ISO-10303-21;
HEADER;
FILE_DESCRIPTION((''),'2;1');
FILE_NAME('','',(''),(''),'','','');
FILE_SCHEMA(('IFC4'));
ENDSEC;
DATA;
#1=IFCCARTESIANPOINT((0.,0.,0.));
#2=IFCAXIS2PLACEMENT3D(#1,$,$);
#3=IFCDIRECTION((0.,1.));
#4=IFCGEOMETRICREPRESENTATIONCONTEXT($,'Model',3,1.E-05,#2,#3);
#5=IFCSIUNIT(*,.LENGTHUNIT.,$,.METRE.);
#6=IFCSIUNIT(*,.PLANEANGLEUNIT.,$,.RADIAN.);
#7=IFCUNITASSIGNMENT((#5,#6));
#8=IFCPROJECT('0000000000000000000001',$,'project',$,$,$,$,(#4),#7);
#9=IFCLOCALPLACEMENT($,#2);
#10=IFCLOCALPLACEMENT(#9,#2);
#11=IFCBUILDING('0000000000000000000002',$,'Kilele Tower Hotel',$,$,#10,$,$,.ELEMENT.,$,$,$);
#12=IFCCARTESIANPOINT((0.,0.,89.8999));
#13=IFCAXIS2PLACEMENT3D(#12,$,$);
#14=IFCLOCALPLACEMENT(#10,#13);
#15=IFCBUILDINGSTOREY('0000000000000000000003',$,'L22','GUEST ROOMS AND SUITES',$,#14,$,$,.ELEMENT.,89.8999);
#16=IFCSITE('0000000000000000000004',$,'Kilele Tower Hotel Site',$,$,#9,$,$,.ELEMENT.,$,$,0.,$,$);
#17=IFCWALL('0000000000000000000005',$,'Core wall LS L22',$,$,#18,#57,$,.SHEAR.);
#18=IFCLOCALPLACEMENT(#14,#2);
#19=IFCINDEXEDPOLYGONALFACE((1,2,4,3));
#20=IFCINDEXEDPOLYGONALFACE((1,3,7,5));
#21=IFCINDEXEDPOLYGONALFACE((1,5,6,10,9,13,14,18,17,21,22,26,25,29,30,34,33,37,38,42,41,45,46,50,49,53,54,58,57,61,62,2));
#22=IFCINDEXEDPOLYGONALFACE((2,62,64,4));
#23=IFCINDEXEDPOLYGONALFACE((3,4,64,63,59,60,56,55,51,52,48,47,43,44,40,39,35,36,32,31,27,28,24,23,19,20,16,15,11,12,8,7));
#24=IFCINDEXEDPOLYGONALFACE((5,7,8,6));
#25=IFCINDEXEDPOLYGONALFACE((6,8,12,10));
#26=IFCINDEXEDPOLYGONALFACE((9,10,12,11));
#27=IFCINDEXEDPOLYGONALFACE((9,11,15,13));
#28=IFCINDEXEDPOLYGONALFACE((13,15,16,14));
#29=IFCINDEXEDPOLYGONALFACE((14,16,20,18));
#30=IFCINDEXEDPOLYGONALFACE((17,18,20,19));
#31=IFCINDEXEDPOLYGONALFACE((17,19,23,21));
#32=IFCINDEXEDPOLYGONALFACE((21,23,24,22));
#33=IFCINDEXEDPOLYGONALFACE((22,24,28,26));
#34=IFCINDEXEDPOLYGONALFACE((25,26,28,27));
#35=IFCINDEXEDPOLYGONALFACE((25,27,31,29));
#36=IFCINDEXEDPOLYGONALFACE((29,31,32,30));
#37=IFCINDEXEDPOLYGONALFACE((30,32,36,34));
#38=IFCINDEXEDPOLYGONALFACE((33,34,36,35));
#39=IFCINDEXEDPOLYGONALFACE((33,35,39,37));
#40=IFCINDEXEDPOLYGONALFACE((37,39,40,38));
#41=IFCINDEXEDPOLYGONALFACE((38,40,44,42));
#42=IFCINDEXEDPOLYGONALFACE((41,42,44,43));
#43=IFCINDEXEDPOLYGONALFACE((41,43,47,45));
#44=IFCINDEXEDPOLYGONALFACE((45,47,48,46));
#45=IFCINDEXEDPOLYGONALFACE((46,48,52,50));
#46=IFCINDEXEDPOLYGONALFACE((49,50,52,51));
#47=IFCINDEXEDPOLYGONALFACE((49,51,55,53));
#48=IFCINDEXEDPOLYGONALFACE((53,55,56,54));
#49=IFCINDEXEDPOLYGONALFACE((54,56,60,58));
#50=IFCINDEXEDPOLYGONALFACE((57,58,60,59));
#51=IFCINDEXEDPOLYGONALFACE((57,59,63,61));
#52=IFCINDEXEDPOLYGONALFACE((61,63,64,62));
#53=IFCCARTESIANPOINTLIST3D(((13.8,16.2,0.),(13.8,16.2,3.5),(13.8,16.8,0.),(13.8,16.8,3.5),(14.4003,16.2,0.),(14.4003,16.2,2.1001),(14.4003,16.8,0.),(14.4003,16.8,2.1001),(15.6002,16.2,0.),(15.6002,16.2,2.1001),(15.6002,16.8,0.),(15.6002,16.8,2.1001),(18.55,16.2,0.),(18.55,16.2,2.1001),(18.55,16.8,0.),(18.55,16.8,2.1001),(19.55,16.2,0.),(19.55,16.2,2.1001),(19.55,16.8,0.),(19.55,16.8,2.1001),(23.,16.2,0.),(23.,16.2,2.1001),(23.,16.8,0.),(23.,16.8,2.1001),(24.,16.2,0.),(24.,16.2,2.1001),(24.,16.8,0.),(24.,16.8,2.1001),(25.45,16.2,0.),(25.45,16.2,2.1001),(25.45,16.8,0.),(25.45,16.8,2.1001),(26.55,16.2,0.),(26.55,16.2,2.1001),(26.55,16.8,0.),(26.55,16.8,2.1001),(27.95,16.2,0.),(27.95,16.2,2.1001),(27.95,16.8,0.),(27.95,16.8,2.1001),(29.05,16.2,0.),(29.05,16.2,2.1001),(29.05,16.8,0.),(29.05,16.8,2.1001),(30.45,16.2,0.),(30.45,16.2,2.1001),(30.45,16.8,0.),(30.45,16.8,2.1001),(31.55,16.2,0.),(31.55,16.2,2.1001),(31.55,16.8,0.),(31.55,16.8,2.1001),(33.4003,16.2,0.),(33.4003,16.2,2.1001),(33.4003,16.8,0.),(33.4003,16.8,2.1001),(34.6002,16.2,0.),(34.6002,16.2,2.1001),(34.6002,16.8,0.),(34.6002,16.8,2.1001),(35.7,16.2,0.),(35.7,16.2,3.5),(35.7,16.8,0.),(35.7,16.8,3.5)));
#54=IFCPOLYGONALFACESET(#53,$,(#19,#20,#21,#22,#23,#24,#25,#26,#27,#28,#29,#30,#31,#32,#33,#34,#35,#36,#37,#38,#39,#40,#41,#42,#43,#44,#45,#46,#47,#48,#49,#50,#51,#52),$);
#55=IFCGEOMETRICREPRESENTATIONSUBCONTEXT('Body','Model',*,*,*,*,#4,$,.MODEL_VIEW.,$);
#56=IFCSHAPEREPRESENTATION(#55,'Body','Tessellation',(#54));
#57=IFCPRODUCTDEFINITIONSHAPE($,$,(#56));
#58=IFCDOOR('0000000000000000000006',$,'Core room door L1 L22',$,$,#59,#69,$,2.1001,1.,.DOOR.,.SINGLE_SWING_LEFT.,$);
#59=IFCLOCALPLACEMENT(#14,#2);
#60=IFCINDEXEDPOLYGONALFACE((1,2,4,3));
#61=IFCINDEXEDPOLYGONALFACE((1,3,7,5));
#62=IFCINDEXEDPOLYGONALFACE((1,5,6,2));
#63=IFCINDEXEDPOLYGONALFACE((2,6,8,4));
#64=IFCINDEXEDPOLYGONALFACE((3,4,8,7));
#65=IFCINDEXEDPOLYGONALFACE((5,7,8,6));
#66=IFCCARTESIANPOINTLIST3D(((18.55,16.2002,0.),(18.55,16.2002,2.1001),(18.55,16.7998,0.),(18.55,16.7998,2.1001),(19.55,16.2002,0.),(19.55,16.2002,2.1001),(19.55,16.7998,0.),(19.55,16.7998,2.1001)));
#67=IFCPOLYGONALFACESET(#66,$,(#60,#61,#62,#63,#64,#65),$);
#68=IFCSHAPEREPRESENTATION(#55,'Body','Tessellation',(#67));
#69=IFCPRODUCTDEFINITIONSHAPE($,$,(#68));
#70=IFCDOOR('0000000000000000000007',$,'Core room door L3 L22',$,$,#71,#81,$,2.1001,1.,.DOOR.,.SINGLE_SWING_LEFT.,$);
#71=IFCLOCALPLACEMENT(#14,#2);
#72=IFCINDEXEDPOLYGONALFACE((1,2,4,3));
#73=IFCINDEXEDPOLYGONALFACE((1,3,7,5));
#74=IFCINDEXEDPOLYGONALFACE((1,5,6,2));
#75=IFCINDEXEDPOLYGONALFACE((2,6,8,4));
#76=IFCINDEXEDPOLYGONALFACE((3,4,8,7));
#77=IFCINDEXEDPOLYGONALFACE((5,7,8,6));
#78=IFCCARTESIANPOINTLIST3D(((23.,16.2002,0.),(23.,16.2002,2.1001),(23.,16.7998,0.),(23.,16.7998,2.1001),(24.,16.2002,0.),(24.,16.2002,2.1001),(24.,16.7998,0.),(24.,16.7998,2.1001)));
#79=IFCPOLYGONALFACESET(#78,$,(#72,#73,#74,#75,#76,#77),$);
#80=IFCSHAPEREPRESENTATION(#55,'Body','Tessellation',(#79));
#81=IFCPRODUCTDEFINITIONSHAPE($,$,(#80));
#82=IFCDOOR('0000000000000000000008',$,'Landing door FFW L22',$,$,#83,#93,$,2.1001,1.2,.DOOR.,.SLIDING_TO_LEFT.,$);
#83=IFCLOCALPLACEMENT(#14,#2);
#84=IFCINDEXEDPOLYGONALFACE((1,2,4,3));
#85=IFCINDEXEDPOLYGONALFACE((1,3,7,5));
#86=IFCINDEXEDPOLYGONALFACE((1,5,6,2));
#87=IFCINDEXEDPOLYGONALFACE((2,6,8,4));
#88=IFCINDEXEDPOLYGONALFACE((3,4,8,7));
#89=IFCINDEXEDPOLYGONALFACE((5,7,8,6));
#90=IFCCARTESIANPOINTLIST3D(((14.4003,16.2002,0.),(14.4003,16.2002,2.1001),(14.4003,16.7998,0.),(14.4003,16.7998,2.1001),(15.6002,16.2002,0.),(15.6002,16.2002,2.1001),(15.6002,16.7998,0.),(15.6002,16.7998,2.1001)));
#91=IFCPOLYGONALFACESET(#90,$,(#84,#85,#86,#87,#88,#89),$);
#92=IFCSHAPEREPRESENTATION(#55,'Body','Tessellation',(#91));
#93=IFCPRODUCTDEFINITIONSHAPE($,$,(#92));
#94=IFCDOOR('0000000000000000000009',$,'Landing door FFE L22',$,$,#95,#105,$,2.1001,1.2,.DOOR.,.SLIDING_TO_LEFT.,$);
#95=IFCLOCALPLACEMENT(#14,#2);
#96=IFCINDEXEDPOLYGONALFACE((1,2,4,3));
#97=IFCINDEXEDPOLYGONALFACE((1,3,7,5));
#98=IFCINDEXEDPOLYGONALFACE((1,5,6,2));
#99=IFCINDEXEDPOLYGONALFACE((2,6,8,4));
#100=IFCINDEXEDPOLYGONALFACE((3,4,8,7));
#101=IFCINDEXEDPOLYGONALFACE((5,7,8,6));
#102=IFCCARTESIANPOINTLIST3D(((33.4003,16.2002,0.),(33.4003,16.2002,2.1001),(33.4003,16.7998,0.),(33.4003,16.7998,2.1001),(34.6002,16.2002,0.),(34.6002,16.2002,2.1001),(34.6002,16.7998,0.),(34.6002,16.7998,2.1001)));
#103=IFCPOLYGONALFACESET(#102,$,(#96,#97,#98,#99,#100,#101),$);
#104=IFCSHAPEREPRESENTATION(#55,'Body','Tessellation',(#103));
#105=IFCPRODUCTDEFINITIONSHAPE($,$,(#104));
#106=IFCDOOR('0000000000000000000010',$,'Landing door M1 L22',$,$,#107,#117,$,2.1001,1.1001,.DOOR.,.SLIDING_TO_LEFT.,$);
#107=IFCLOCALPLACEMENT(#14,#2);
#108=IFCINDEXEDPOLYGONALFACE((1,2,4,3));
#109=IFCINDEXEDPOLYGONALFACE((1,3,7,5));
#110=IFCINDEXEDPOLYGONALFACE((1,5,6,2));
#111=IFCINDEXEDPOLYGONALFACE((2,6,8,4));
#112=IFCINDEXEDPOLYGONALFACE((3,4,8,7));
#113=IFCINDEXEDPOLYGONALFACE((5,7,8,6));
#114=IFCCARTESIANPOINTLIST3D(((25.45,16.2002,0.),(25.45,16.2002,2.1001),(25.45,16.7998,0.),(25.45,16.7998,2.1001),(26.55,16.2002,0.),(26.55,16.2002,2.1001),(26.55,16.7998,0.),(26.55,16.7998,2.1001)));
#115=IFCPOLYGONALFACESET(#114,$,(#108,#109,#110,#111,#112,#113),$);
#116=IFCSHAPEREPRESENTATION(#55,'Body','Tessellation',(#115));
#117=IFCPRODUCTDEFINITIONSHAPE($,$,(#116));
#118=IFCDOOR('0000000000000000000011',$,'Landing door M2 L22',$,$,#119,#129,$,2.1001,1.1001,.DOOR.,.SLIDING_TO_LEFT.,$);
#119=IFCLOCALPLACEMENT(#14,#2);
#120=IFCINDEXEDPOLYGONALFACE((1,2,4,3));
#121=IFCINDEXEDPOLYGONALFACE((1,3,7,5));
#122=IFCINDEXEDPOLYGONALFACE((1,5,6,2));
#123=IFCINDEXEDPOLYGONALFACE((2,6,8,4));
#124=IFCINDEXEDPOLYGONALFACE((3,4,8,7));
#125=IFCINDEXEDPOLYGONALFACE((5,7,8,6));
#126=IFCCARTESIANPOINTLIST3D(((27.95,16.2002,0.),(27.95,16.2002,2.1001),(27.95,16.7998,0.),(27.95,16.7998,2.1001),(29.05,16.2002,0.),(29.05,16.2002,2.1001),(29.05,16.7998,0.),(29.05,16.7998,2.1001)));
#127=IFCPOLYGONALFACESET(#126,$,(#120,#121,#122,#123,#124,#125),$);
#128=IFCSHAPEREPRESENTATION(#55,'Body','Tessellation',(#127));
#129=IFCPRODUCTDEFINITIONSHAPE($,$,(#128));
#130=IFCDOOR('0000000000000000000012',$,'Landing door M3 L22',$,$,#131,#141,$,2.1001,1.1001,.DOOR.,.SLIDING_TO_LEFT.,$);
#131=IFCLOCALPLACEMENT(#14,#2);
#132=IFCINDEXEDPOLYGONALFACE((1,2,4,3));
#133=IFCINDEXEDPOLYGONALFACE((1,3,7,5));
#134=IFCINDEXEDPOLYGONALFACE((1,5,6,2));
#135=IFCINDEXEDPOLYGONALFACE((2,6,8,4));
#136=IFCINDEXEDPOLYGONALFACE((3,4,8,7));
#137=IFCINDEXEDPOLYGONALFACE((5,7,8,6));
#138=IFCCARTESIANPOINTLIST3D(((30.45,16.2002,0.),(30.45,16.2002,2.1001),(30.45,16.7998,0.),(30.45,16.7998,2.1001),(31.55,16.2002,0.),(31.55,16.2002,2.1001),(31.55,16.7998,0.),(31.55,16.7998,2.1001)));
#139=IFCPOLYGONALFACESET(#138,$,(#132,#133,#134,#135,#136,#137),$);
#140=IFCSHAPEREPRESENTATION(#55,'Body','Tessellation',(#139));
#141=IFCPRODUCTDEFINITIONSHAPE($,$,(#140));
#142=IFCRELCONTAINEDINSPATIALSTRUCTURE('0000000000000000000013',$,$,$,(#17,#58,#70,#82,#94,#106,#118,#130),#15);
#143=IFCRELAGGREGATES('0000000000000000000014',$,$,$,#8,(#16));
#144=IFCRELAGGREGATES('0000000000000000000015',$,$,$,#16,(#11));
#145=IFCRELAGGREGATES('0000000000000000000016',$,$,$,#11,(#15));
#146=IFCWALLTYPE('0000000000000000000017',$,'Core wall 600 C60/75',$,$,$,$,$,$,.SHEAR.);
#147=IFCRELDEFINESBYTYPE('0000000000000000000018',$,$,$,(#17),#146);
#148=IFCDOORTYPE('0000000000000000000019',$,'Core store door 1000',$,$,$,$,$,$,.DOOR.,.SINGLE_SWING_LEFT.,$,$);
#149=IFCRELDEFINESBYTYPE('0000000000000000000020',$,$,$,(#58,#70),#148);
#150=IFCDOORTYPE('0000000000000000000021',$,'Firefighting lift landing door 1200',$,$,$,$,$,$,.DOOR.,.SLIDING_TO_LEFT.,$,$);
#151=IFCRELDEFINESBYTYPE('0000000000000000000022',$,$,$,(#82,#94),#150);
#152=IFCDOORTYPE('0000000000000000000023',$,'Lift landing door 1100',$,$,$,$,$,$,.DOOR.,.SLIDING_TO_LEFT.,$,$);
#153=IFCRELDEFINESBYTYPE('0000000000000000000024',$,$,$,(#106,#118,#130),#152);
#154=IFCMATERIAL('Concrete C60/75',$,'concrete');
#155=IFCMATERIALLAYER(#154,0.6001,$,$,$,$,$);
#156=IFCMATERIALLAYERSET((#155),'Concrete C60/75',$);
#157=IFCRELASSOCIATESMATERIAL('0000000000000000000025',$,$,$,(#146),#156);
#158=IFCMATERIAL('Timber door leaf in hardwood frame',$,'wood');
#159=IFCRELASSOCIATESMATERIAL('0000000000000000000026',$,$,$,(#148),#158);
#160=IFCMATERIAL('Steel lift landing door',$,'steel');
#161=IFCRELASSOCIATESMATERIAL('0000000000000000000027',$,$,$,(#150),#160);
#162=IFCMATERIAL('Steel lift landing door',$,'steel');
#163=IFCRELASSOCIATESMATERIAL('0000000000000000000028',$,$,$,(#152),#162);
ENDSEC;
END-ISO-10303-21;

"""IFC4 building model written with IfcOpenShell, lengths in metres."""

from ifc_helpers import new_model, si_unit, direction, frame, frame_2d, origin, place, context, subcontext, project, spatial, rectangle, extrude, material, layer, layer_set, type_object, element, fill, save


model = new_model("IFC4")

# Units and contexts
model_context = context("Model", 3, precision=1e-05, world=origin(), true_north=direction((0.0, 1.0)))
body_context = subcontext(model_context, "Body", "Model", "MODEL_VIEW")
ifc_project = project(units=[si_unit("LENGTHUNIT", "METRE"), si_unit("PLANEANGLEUNIT", "RADIAN")], contexts=[model_context])

# Site, building, storey
site_placement = place(None, origin())
site = spatial("IfcSite", under=ifc_project, at=site_placement, Name="Kilele Tower Hotel Site", CompositionType="ELEMENT", RefElevation=0.0)
building_placement = place(site_placement, origin())
building = spatial("IfcBuilding", under=site, at=building_placement, Name="Kilele Tower Hotel", CompositionType="ELEMENT")
storey_placement = place(building_placement, frame((0.0, 0.0, 89.8999)))
storey = spatial("IfcBuildingStorey", under=building, at=storey_placement, Name="L22", Description="GUEST ROOMS AND SUITES", CompositionType="ELEMENT", Elevation=89.8999)

# Shared definitions
ifc_material_1 = material(Name="Concrete C60/75", Category="concrete")
ifc_layer_1 = layer(ifc_material_1, 0.6001)
ifc_layer_set_1 = layer_set([ifc_layer_1], Name="Concrete C60/75")
wall_type_1 = type_object("IfcWallType", Name="Core wall 600 C60/75", PredefinedType="SHEAR", material=ifc_layer_set_1)

# Wall, openings, doors
wall_1_placement = place(storey_placement, frame((13.8, 16.5, 0.0), z_axis=(0.0, 0.0, 1.0), x_axis=(1.0, 0.0, 0.0)))
wall_1 = element("IfcWall", 1, at=wall_1_placement, inside=storey, type_object=wall_type_1, Name="Core wall LS L22", PredefinedType="SHEAR", context=body_context, shape_type="SweptSolid", body=[
    extrude(rectangle(XDim=21.8999, YDim=0.6001, at=frame_2d((10.95, 0.0))), origin(), (0.0, 0.0, 1.0), 3.5),
])
opening_1_placement = place(wall_1_placement, frame((11.6499, 0.0, 0.0)))
opening_1 = element("IfcOpeningElement", 2, at=opening_1_placement, cuts=wall_1, PredefinedType="OPENING", context=body_context, shape_type="SweptSolid", body=[
    extrude(rectangle(XDim=1.1001, YDim=2.1001, at=frame_2d((0.55, 1.05))), frame((0.0, 0.3101, 0.0), z_axis=(0.0, -1.0, 0.0), x_axis=(1.0, 0.0, 0.0)), (0.0, 0.0, 1.0), 0.6201),
])
opening_2_placement = place(wall_1_placement, frame((14.1499, 0.0, 0.0)))
opening_2 = element("IfcOpeningElement", 3, at=opening_2_placement, cuts=wall_1, PredefinedType="OPENING", context=body_context, shape_type="SweptSolid", body=[
    extrude(rectangle(XDim=1.1001, YDim=2.1001, at=frame_2d((0.55, 1.05))), frame((0.0, 0.3101, 0.0), z_axis=(0.0, -1.0, 0.0), x_axis=(1.0, 0.0, 0.0)), (0.0, 0.0, 1.0), 0.6201),
])
opening_3_placement = place(wall_1_placement, frame((16.6499, 0.0, 0.0)))
opening_3 = element("IfcOpeningElement", 4, at=opening_3_placement, cuts=wall_1, PredefinedType="OPENING", context=body_context, shape_type="SweptSolid", body=[
    extrude(rectangle(XDim=1.1001, YDim=2.1001, at=frame_2d((0.55, 1.05))), frame((0.0, 0.3101, 0.0), z_axis=(0.0, -1.0, 0.0), x_axis=(1.0, 0.0, 0.0)), (0.0, 0.0, 1.0), 0.6201),
])
opening_4_placement = place(wall_1_placement, frame((5.75, 0.0, 0.0), z_axis=(0.0, 0.0, 1.0), x_axis=(-1.0, 0.0, 0.0)))
opening_4 = element("IfcOpeningElement", 5, at=opening_4_placement, cuts=wall_1, PredefinedType="OPENING", context=body_context, shape_type="SweptSolid", body=[
    extrude(rectangle(XDim=1.0, YDim=2.1001, at=frame_2d((0.5, 1.05))), frame((0.0, 0.3101, 0.0), z_axis=(0.0, -1.0, 0.0), x_axis=(1.0, 0.0, 0.0)), (0.0, 0.0, 1.0), 0.6201),
])
opening_5_placement = place(wall_1_placement, frame((10.2, 0.0, 0.0), z_axis=(0.0, 0.0, 1.0), x_axis=(-1.0, 0.0, 0.0)))
opening_5 = element("IfcOpeningElement", 6, at=opening_5_placement, cuts=wall_1, PredefinedType="OPENING", context=body_context, shape_type="SweptSolid", body=[
    extrude(rectangle(XDim=1.0, YDim=2.1001, at=frame_2d((0.5, 1.05))), frame((0.0, 0.3101, 0.0), z_axis=(0.0, -1.0, 0.0), x_axis=(1.0, 0.0, 0.0)), (0.0, 0.0, 1.0), 0.6201),
])
opening_6_placement = place(wall_1_placement, frame((0.6001, 0.0, 0.0)))
opening_6 = element("IfcOpeningElement", 7, at=opening_6_placement, cuts=wall_1, PredefinedType="OPENING", context=body_context, shape_type="SweptSolid", body=[
    extrude(rectangle(XDim=1.2, YDim=2.1001, at=frame_2d((0.6001, 1.05))), frame((0.0, 0.3101, 0.0), z_axis=(0.0, -1.0, 0.0), x_axis=(1.0, 0.0, 0.0)), (0.0, 0.0, 1.0), 0.6201),
])
opening_7_placement = place(wall_1_placement, frame((19.6001, 0.0, 0.0)))
opening_7 = element("IfcOpeningElement", 8, at=opening_7_placement, cuts=wall_1, PredefinedType="OPENING", context=body_context, shape_type="SweptSolid", body=[
    extrude(rectangle(XDim=1.2, YDim=2.1001, at=frame_2d((0.6001, 1.05))), frame((0.0, 0.3101, 0.0), z_axis=(0.0, -1.0, 0.0), x_axis=(1.0, 0.0, 0.0)), (0.0, 0.0, 1.0), 0.6201),
])
ifc_material_2 = material(Name="Timber door leaf in hardwood frame", Category="wood")
door_type_1 = type_object("IfcDoorType", Name="Core store door 1000", OperationType="SINGLE_SWING_LEFT", PredefinedType="DOOR", material=ifc_material_2)
door_1_placement = place(opening_4_placement, origin())
door_1 = element("IfcDoor", 9, at=door_1_placement, inside=storey, type_object=door_type_1, Name="Core room door L1 L22", OperationType="SINGLE_SWING_LEFT", OverallHeight=2.1001, OverallWidth=1.0, PredefinedType="DOOR", context=body_context, shape_type="SweptSolid", body=[
    extrude(rectangle(XDim=1.0, YDim=2.1001, at=frame_2d((0.5, 1.05))), frame((0.0, 0.2998, 0.0), z_axis=(0.0, -1.0, 0.0), x_axis=(1.0, 0.0, 0.0)), (0.0, 0.0, 1.0), 0.5996),
])
fill(opening_4, door_1)
door_2_placement = place(opening_5_placement, origin())
door_2 = element("IfcDoor", 10, at=door_2_placement, inside=storey, type_object=door_type_1, Name="Core room door L3 L22", OperationType="SINGLE_SWING_LEFT", OverallHeight=2.1001, OverallWidth=1.0, PredefinedType="DOOR", context=body_context, shape_type="SweptSolid", body=[
    extrude(rectangle(XDim=1.0, YDim=2.1001, at=frame_2d((0.5, 1.05))), frame((0.0, 0.2998, 0.0), z_axis=(0.0, -1.0, 0.0), x_axis=(1.0, 0.0, 0.0)), (0.0, 0.0, 1.0), 0.5996),
])
fill(opening_5, door_2)
ifc_material_3 = material(Name="Steel lift landing door", Category="steel")
door_type_2 = type_object("IfcDoorType", Name="Firefighting lift landing door 1200", OperationType="SLIDING_TO_LEFT", PredefinedType="DOOR", material=ifc_material_3)
door_3_placement = place(opening_6_placement, origin())
door_3 = element("IfcDoor", 11, at=door_3_placement, inside=storey, type_object=door_type_2, Name="Landing door FFW L22", OperationType="SLIDING_TO_LEFT", OverallHeight=2.1001, OverallWidth=1.2, PredefinedType="DOOR", context=body_context, shape_type="SweptSolid", body=[
    extrude(rectangle(XDim=1.2, YDim=2.1001, at=frame_2d((0.6001, 1.05))), frame((0.0, 0.2998, 0.0), z_axis=(0.0, -1.0, 0.0), x_axis=(1.0, 0.0, 0.0)), (0.0, 0.0, 1.0), 0.5996),
])
fill(opening_6, door_3)
door_4_placement = place(opening_7_placement, origin())
door_4 = element("IfcDoor", 12, at=door_4_placement, inside=storey, type_object=door_type_2, Name="Landing door FFE L22", OperationType="SLIDING_TO_LEFT", OverallHeight=2.1001, OverallWidth=1.2, PredefinedType="DOOR", context=body_context, shape_type="SweptSolid", body=[
    extrude(rectangle(XDim=1.2, YDim=2.1001, at=frame_2d((0.6001, 1.05))), frame((0.0, 0.2998, 0.0), z_axis=(0.0, -1.0, 0.0), x_axis=(1.0, 0.0, 0.0)), (0.0, 0.0, 1.0), 0.5996),
])
fill(opening_7, door_4)
ifc_material_4 = material(Name="Steel lift landing door", Category="steel")
door_type_3 = type_object("IfcDoorType", Name="Lift landing door 1100", OperationType="SLIDING_TO_LEFT", PredefinedType="DOOR", material=ifc_material_4)
door_5_placement = place(opening_1_placement, origin())
door_5 = element("IfcDoor", 13, at=door_5_placement, inside=storey, type_object=door_type_3, Name="Landing door M1 L22", OperationType="SLIDING_TO_LEFT", OverallHeight=2.1001, OverallWidth=1.1001, PredefinedType="DOOR", context=body_context, shape_type="SweptSolid", body=[
    extrude(rectangle(XDim=1.1001, YDim=2.1001, at=frame_2d((0.55, 1.05))), frame((0.0, 0.2998, 0.0), z_axis=(0.0, -1.0, 0.0), x_axis=(1.0, 0.0, 0.0)), (0.0, 0.0, 1.0), 0.5996),
])
fill(opening_1, door_5)
door_6_placement = place(opening_2_placement, origin())
door_6 = element("IfcDoor", 14, at=door_6_placement, inside=storey, type_object=door_type_3, Name="Landing door M2 L22", OperationType="SLIDING_TO_LEFT", OverallHeight=2.1001, OverallWidth=1.1001, PredefinedType="DOOR", context=body_context, shape_type="SweptSolid", body=[
    extrude(rectangle(XDim=1.1001, YDim=2.1001, at=frame_2d((0.55, 1.05))), frame((0.0, 0.2998, 0.0), z_axis=(0.0, -1.0, 0.0), x_axis=(1.0, 0.0, 0.0)), (0.0, 0.0, 1.0), 0.5996),
])
fill(opening_2, door_6)
door_7_placement = place(opening_3_placement, origin())
door_7 = element("IfcDoor", 15, at=door_7_placement, inside=storey, type_object=door_type_3, Name="Landing door M3 L22", OperationType="SLIDING_TO_LEFT", OverallHeight=2.1001, OverallWidth=1.1001, PredefinedType="DOOR", context=body_context, shape_type="SweptSolid", body=[
    extrude(rectangle(XDim=1.1001, YDim=2.1001, at=frame_2d((0.55, 1.05))), frame((0.0, 0.2998, 0.0), z_axis=(0.0, -1.0, 0.0), x_axis=(1.0, 0.0, 0.0)), (0.0, 0.0, 1.0), 0.5996),
])
fill(opening_3, door_7)

save(model, "model.ifc")
